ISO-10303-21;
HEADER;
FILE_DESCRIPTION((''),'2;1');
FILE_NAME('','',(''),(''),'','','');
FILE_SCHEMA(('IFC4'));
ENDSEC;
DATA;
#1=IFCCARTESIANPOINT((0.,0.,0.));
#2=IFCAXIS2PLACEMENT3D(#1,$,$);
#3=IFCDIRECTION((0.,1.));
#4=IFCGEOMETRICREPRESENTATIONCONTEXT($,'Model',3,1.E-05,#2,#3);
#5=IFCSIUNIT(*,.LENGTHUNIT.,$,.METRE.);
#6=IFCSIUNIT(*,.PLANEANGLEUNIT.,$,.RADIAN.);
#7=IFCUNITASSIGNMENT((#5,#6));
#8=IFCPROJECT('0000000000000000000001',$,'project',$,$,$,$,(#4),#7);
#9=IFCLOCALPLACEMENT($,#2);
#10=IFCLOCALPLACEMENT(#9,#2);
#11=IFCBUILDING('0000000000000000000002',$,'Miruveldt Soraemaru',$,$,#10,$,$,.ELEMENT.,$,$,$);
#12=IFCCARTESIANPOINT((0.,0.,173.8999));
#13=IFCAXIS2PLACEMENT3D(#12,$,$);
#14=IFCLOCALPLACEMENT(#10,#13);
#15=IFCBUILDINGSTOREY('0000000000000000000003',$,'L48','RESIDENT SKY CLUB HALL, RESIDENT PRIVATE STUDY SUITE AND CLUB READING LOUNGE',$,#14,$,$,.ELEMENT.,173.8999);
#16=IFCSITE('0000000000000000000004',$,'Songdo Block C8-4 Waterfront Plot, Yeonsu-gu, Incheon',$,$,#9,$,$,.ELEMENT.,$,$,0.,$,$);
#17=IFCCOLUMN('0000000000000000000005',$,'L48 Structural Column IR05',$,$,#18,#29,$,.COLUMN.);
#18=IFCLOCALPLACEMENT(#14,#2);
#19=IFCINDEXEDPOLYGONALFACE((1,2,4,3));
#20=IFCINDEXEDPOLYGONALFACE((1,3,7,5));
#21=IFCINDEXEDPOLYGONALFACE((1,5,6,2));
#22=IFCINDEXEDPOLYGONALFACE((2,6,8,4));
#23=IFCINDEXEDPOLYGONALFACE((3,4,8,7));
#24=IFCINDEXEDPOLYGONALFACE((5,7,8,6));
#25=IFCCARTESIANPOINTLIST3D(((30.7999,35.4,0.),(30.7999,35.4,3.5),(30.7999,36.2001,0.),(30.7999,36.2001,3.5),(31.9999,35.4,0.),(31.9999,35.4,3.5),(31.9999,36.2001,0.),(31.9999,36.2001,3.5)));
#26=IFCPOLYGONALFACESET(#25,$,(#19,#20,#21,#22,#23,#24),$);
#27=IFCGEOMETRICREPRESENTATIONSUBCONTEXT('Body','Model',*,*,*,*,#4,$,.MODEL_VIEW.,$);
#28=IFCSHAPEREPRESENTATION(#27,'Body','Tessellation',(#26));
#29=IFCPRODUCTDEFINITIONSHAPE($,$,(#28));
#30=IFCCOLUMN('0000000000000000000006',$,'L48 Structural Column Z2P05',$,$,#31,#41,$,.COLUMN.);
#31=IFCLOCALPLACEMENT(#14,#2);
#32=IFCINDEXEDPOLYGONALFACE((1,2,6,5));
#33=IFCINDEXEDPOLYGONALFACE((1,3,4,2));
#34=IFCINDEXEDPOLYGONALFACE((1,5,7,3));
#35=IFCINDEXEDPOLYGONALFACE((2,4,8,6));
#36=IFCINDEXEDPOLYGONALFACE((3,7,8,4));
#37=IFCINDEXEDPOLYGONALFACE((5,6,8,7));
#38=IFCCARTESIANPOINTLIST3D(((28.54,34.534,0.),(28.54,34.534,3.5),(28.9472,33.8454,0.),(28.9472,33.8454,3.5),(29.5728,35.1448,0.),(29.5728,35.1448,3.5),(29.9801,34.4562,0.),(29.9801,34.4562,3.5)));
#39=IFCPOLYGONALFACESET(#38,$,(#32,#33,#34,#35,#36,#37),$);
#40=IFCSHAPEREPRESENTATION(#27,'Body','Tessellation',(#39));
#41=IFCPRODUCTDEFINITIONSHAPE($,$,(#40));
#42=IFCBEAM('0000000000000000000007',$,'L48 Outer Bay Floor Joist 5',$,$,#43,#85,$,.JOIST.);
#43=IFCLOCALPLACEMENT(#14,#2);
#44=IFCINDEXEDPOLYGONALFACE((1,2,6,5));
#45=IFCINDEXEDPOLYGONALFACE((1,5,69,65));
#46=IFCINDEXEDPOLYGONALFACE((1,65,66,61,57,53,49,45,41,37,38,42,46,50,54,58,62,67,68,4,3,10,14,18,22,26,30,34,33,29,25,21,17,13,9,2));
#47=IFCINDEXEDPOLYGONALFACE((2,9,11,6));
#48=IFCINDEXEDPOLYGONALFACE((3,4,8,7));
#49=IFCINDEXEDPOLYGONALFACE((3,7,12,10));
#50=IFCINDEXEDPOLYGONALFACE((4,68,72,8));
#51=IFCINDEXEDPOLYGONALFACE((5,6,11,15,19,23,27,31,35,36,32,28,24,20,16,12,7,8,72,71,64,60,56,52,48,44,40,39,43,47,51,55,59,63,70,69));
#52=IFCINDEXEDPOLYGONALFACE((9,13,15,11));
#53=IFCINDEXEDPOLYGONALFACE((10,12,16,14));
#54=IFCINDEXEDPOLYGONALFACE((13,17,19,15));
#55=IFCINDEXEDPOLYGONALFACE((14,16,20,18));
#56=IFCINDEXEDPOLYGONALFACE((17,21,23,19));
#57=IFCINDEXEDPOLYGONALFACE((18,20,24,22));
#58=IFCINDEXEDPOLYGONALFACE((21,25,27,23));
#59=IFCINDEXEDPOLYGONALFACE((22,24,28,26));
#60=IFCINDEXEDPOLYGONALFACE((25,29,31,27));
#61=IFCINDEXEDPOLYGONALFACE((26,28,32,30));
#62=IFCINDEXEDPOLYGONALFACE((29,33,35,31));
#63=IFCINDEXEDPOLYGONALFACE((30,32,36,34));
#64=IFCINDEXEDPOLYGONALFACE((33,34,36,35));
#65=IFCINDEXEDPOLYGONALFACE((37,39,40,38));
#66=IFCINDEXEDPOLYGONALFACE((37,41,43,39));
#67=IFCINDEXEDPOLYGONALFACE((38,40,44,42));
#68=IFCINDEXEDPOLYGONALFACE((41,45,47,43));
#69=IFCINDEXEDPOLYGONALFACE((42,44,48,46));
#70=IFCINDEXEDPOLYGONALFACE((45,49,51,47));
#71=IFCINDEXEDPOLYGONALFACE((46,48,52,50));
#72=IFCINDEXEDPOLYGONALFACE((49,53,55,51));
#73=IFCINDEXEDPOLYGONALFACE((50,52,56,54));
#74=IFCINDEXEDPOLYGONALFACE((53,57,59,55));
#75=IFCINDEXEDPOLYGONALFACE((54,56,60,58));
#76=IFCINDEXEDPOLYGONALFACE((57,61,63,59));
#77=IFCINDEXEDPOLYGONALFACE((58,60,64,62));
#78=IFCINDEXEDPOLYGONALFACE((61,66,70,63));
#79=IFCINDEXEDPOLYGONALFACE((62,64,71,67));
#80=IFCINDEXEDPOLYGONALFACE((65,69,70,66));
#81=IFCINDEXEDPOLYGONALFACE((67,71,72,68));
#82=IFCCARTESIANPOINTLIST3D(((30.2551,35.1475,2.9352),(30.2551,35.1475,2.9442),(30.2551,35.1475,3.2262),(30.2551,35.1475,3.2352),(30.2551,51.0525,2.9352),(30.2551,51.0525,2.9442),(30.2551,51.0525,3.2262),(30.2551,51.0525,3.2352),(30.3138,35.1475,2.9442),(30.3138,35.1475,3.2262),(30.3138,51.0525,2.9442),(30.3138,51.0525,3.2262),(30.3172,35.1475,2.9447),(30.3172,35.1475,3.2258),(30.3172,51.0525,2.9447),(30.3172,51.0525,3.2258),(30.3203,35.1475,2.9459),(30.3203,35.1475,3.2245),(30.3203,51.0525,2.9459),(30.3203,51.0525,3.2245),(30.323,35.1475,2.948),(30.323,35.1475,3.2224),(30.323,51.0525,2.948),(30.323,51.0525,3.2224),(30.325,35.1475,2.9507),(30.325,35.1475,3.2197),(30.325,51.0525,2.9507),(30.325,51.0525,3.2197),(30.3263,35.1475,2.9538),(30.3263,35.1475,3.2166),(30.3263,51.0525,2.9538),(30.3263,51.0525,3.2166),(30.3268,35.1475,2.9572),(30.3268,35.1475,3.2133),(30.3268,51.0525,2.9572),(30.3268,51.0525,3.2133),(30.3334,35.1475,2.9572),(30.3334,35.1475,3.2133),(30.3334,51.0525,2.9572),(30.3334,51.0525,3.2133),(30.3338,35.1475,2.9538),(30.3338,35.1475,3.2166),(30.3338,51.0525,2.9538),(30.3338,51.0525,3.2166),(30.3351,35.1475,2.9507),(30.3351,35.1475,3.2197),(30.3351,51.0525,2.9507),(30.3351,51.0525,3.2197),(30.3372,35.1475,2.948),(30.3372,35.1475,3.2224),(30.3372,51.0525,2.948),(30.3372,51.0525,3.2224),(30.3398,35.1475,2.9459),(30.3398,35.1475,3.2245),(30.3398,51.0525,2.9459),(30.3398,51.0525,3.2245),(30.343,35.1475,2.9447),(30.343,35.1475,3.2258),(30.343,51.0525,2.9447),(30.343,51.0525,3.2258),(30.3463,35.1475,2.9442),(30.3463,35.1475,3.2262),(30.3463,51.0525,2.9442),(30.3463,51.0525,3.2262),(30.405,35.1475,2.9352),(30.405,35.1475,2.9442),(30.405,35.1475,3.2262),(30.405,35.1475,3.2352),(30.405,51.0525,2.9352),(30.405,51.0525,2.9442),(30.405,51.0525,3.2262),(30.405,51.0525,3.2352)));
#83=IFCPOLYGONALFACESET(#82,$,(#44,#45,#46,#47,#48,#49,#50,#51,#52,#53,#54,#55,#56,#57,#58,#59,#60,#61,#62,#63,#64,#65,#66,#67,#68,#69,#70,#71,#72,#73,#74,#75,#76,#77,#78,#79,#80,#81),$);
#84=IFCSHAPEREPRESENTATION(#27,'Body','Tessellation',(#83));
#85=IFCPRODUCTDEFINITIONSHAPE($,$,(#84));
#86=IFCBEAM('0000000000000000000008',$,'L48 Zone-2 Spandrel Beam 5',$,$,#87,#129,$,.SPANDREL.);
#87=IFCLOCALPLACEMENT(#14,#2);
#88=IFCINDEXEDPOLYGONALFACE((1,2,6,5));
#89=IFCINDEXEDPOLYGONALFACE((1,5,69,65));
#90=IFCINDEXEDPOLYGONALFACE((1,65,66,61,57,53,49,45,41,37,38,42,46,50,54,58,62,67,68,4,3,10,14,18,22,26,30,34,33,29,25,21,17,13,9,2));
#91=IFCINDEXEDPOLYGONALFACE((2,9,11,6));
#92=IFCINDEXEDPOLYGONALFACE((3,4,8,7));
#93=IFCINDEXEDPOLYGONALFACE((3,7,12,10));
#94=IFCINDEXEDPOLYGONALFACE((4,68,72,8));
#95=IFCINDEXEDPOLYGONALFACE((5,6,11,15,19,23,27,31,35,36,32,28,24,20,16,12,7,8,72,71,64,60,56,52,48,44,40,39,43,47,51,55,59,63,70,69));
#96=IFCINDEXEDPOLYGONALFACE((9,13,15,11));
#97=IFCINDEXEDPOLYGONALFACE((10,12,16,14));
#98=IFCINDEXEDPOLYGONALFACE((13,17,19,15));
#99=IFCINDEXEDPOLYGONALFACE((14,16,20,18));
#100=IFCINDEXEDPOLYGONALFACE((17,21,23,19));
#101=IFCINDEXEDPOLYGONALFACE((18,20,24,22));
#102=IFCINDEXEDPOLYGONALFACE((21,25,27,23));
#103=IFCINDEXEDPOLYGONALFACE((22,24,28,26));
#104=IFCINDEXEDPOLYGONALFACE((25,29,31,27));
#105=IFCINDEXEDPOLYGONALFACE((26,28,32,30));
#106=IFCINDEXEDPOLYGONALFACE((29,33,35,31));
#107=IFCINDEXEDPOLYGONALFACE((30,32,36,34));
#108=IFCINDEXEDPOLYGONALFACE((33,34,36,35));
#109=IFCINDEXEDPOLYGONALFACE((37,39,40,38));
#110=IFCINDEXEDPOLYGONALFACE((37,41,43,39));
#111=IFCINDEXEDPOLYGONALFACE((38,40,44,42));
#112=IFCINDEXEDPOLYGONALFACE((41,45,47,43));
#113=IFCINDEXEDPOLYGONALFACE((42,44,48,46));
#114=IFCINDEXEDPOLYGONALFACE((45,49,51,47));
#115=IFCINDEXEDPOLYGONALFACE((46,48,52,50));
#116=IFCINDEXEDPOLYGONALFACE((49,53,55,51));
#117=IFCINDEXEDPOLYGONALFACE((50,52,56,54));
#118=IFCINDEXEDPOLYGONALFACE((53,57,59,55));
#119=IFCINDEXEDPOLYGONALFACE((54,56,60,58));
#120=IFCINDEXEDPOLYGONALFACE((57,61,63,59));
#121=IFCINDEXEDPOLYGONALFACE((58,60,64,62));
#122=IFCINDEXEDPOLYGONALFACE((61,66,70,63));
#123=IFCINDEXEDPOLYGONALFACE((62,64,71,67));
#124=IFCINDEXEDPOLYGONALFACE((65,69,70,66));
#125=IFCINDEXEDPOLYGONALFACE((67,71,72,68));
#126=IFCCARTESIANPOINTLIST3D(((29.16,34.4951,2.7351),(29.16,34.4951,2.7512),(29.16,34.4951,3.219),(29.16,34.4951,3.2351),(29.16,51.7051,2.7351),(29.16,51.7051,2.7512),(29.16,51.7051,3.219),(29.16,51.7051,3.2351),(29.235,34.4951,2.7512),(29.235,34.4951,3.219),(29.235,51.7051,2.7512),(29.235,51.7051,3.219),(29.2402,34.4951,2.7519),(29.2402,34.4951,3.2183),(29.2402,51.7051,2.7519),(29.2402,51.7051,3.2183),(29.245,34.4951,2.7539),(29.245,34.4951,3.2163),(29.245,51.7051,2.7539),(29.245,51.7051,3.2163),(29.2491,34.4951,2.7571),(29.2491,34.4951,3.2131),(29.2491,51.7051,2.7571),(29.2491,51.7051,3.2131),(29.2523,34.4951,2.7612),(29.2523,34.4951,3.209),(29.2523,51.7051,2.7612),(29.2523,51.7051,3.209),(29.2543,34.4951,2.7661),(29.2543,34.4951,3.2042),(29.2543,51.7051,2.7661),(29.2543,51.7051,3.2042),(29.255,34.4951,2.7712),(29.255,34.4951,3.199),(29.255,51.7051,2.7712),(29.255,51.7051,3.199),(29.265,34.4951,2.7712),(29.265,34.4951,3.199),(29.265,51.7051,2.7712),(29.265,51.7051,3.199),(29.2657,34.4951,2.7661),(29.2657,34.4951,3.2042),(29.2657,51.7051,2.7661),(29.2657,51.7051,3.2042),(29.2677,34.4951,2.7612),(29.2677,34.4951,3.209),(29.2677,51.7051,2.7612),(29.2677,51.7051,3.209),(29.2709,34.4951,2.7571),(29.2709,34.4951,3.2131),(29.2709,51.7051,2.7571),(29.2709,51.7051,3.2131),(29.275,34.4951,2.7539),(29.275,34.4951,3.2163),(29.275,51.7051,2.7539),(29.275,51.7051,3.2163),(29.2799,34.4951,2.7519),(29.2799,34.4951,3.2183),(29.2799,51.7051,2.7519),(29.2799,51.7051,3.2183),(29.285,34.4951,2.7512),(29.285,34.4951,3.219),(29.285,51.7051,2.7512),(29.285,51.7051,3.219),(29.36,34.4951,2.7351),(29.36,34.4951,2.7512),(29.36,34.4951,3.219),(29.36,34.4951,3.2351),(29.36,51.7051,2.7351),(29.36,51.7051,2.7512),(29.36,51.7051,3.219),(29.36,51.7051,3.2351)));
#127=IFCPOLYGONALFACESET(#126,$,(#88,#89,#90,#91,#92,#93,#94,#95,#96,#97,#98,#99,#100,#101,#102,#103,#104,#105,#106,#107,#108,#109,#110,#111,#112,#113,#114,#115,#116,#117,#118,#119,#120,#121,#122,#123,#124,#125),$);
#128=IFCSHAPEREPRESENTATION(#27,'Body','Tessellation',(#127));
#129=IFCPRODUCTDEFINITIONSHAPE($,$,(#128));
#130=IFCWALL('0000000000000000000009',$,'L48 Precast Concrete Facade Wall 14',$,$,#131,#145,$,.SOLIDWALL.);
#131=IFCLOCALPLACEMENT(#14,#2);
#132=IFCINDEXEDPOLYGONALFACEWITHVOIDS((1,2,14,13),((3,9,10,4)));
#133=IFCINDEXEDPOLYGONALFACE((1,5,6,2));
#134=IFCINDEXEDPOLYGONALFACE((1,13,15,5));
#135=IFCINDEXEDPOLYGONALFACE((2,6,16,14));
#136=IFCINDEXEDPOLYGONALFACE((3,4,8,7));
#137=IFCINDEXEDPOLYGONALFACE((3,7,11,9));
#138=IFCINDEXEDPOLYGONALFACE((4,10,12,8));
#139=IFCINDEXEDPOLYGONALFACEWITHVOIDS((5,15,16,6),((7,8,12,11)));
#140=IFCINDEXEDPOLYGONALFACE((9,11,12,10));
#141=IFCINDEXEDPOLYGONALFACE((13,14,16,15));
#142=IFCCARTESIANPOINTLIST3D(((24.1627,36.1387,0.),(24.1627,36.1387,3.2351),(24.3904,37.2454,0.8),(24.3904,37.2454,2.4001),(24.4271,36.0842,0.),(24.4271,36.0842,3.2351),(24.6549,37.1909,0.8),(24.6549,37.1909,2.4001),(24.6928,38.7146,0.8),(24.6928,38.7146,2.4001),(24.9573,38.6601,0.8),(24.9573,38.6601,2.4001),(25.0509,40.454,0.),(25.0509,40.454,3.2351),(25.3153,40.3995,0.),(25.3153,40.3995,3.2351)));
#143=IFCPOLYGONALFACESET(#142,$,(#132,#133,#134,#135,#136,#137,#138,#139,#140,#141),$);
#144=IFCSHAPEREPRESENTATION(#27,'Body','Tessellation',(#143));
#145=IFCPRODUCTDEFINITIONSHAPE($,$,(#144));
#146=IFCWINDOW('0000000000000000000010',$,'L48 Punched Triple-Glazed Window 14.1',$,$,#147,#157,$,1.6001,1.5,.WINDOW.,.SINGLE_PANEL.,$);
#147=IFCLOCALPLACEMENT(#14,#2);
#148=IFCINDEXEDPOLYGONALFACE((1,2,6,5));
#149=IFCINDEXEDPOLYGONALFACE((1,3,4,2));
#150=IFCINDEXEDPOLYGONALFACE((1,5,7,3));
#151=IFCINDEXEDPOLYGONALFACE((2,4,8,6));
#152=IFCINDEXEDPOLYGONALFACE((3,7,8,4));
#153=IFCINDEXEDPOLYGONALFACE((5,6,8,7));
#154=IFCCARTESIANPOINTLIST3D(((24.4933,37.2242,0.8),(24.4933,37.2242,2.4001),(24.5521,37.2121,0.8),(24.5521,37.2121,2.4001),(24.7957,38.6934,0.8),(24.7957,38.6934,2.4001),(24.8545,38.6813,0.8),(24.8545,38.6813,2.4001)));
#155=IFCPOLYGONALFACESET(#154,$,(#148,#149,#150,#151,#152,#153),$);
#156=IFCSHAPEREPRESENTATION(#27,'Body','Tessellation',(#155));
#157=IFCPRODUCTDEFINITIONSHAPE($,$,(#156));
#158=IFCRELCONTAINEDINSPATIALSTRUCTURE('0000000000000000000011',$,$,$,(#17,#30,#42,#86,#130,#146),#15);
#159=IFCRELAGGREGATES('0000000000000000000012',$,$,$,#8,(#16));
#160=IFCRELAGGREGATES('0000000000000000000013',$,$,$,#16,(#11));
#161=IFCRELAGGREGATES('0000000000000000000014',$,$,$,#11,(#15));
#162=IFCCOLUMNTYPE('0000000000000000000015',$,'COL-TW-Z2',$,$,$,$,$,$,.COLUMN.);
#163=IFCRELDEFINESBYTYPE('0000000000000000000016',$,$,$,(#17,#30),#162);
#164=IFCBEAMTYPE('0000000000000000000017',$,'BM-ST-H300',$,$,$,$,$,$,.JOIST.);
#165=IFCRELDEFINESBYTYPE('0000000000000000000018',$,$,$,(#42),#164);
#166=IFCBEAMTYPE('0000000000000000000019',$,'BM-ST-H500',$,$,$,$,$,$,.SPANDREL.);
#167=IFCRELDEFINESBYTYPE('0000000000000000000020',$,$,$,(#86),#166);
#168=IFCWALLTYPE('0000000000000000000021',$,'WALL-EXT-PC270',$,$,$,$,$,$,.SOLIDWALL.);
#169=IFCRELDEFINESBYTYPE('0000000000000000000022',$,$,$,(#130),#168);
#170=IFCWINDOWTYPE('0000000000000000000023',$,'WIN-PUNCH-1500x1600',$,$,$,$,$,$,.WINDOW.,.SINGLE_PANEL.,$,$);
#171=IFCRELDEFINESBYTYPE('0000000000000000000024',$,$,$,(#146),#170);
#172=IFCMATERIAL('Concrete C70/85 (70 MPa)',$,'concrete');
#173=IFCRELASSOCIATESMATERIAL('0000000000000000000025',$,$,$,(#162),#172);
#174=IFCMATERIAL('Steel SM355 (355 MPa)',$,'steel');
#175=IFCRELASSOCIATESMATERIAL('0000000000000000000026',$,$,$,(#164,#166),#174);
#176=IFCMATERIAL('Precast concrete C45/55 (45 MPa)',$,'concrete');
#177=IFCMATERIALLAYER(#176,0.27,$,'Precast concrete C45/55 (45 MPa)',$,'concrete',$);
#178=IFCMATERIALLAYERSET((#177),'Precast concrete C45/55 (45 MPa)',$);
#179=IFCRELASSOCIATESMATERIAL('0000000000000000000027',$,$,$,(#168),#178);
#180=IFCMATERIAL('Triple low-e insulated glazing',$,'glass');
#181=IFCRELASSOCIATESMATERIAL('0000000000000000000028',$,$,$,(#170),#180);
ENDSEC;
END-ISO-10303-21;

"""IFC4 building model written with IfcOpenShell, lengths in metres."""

from ifc_helpers import new_model, si_unit, direction, frame, frame_2d, origin, origin_2d, place, context, subcontext, project, spatial, rectangle, i_section, extrude, material, layer, layer_set, material_profile, profile_set, type_object, element, fill, save


model = new_model("IFC4")

# Units and contexts
model_context = context("Model", 3, precision=1e-05, world=origin(), true_north=direction((0.0, 1.0)))
body_context = subcontext(model_context, "Body", "Model", "MODEL_VIEW")
ifc_project = project(units=[si_unit("LENGTHUNIT", "METRE"), si_unit("PLANEANGLEUNIT", "RADIAN")], contexts=[model_context])

# Site, building, storey
site_placement = place(None, origin())
site = spatial("IfcSite", under=ifc_project, at=site_placement, Name="Songdo Block C8-4 Waterfront Plot, Yeonsu-gu, Incheon", CompositionType="ELEMENT", RefElevation=0.0)
building_placement = place(site_placement, origin())
building = spatial("IfcBuilding", under=site, at=building_placement, Name="Miruveldt Soraemaru", CompositionType="ELEMENT")
storey_placement = place(building_placement, frame((0.0, 0.0, 173.8999)))
storey = spatial("IfcBuildingStorey", under=building, at=storey_placement, Name="L48", Description="RESIDENT SKY CLUB HALL, RESIDENT PRIVATE STUDY SUITE AND CLUB READING LOUNGE", CompositionType="ELEMENT", Elevation=173.8999)

# Columns
ifc_material_1 = material(Name="Concrete C70/85 (70 MPa)", Category="concrete")
ifc_material_profile_1 = material_profile(ifc_material_1, rectangle(XDim=1.2, YDim=0.8, at=origin_2d()), Name="Concrete C70/85 (70 MPa)", Category="concrete")
ifc_profile_set_1 = profile_set([ifc_material_profile_1], Name="Concrete C70/85 (70 MPa)")
column_type = type_object("IfcColumnType", Name="COL-TW-Z2", PredefinedType="COLUMN", material=ifc_profile_set_1)
for number, where, z_axis, x_axis, name in (
    (1, (31.3999, 35.8, 0.0), (0.0, 0.0, 1.0), (1.0, 0.0, 0.0), "L48 Structural Column IR05"),
    (2, (29.26, 34.4951, 0.0), (0.0, 0.0, 1.0), (0.860742, 0.509041, 0.0), "L48 Structural Column Z2P05"),
):
    element("IfcColumn", number, at=place(storey_placement, frame(where, z_axis=z_axis, x_axis=x_axis)), inside=storey, type_object=column_type, Name=name, PredefinedType="COLUMN", context=body_context, shape_type="SweptSolid", body=[
        extrude(rectangle(XDim=1.2, YDim=0.8, at=origin_2d()), origin(), (0.0, 0.0, 1.0), 3.5),
    ])

# Beams
ifc_material_2 = material(Name="Steel SM355 (355 MPa)", Category="steel")
ifc_material_profile_2 = material_profile(ifc_material_2, i_section(OverallWidth=0.1499, OverallDepth=0.3, WebThickness=0.0066, FlangeThickness=0.009, FilletRadius=0.0129, at=origin_2d()), Name="Steel SM355 (355 MPa)", Category="steel")
ifc_profile_set_2 = profile_set([ifc_material_profile_2], Name="Steel SM355 (355 MPa)")
beam_type_1 = type_object("IfcBeamType", Name="BM-ST-H300", PredefinedType="JOIST", material=ifc_profile_set_2)
beam_1_placement = place(storey_placement, frame((30.3301, 35.1475, 3.0852), z_axis=(0.0, 1.0, 0.0), x_axis=(-1.0, 0.0, 0.0)))
element("IfcBeam", 3, at=beam_1_placement, inside=storey, type_object=beam_type_1, Name="L48 Outer Bay Floor Joist 5", PredefinedType="JOIST", context=body_context, shape_type="SweptSolid", body=[
    extrude(i_section(OverallWidth=0.1499, OverallDepth=0.3, WebThickness=0.0066, FlangeThickness=0.009, FilletRadius=0.0129, at=origin_2d()), origin(), (0.0, 0.0, 1.0), 15.905),
])
ifc_material_profile_3 = material_profile(ifc_material_2, i_section(OverallWidth=0.2, OverallDepth=0.5, WebThickness=0.01, FlangeThickness=0.0161, FilletRadius=0.02, at=origin_2d()), Name="Steel SM355 (355 MPa)", Category="steel")
ifc_profile_set_3 = profile_set([ifc_material_profile_3], Name="Steel SM355 (355 MPa)")
beam_type_2 = type_object("IfcBeamType", Name="BM-ST-H500", PredefinedType="SPANDREL", material=ifc_profile_set_3)
beam_2_placement = place(storey_placement, frame((29.26, 34.4951, 2.9851), z_axis=(0.0, 1.0, 0.0), x_axis=(-1.0, 0.0, 0.0)))
element("IfcBeam", 4, at=beam_2_placement, inside=storey, type_object=beam_type_2, Name="L48 Zone-2 Spandrel Beam 5", PredefinedType="SPANDREL", context=body_context, shape_type="SweptSolid", body=[
    extrude(i_section(OverallWidth=0.2, OverallDepth=0.5, WebThickness=0.01, FlangeThickness=0.0161, FilletRadius=0.02, at=origin_2d()), origin(), (0.0, 0.0, 1.0), 17.21),
])

# Wall, opening, window
ifc_material_3 = material(Name="Precast concrete C45/55 (45 MPa)", Category="concrete")
ifc_layer_1 = layer(ifc_material_3, 0.27, Name="Precast concrete C45/55 (45 MPa)", Category="concrete")
ifc_layer_set_1 = layer_set([ifc_layer_1], Name="Precast concrete C45/55 (45 MPa)")
wall_type_1 = type_object("IfcWallType", Name="WALL-EXT-PC270", PredefinedType="SOLIDWALL", material=ifc_layer_set_1)
wall_1_placement = place(storey_placement, frame((25.1831, 40.4268, 0.0), z_axis=(0.0, 0.0, 1.0), x_axis=(-0.201601, -0.979468, 0.0)))
wall_1 = element("IfcWall", 5, at=wall_1_placement, inside=storey, type_object=wall_type_1, Name="L48 Precast Concrete Facade Wall 14", PredefinedType="SOLIDWALL", context=body_context, shape_type="SweptSolid", body=[
    extrude(rectangle(XDim=4.4058, YDim=0.27, at=frame_2d((2.2029, 0.0))), origin(), (0.0, 0.0, 1.0), 3.2351),
])
opening_1_placement = place(wall_1_placement, frame((1.7759, 0.0, 0.8)))
opening_1 = element("IfcOpeningElement", 6, at=opening_1_placement, cuts=wall_1, PredefinedType="OPENING", context=body_context, shape_type="SweptSolid", body=[
    extrude(rectangle(XDim=1.5, YDim=1.6001, at=frame_2d((0.75, 0.8))), frame((0.0, 0.145, 0.0), z_axis=(0.0, -1.0, 0.0), x_axis=(1.0, 0.0, 0.0)), (0.0, 0.0, 1.0), 0.29),
])
ifc_material_4 = material(Name="Triple low-e insulated glazing", Category="glass")
window_type_1 = type_object("IfcWindowType", Name="WIN-PUNCH-1500x1600", PartitioningType="SINGLE_PANEL", PredefinedType="WINDOW", material=ifc_material_4)
window_1_placement = place(opening_1_placement, origin())
window_1 = element("IfcWindow", 7, at=window_1_placement, inside=storey, type_object=window_type_1, Name="L48 Punched Triple-Glazed Window 14.1", OverallHeight=1.6001, OverallWidth=1.5, PartitioningType="SINGLE_PANEL", PredefinedType="WINDOW", context=body_context, shape_type="SweptSolid", body=[
    extrude(rectangle(XDim=1.5, YDim=1.6001, at=frame_2d((0.75, 0.8))), frame((0.0, 0.03, 0.0), z_axis=(0.0, -1.0, 0.0), x_axis=(1.0, 0.0, 0.0)), (0.0, 0.0, 1.0), 0.0601),
])
fill(opening_1, window_1)

save(model, "model.ifc")
